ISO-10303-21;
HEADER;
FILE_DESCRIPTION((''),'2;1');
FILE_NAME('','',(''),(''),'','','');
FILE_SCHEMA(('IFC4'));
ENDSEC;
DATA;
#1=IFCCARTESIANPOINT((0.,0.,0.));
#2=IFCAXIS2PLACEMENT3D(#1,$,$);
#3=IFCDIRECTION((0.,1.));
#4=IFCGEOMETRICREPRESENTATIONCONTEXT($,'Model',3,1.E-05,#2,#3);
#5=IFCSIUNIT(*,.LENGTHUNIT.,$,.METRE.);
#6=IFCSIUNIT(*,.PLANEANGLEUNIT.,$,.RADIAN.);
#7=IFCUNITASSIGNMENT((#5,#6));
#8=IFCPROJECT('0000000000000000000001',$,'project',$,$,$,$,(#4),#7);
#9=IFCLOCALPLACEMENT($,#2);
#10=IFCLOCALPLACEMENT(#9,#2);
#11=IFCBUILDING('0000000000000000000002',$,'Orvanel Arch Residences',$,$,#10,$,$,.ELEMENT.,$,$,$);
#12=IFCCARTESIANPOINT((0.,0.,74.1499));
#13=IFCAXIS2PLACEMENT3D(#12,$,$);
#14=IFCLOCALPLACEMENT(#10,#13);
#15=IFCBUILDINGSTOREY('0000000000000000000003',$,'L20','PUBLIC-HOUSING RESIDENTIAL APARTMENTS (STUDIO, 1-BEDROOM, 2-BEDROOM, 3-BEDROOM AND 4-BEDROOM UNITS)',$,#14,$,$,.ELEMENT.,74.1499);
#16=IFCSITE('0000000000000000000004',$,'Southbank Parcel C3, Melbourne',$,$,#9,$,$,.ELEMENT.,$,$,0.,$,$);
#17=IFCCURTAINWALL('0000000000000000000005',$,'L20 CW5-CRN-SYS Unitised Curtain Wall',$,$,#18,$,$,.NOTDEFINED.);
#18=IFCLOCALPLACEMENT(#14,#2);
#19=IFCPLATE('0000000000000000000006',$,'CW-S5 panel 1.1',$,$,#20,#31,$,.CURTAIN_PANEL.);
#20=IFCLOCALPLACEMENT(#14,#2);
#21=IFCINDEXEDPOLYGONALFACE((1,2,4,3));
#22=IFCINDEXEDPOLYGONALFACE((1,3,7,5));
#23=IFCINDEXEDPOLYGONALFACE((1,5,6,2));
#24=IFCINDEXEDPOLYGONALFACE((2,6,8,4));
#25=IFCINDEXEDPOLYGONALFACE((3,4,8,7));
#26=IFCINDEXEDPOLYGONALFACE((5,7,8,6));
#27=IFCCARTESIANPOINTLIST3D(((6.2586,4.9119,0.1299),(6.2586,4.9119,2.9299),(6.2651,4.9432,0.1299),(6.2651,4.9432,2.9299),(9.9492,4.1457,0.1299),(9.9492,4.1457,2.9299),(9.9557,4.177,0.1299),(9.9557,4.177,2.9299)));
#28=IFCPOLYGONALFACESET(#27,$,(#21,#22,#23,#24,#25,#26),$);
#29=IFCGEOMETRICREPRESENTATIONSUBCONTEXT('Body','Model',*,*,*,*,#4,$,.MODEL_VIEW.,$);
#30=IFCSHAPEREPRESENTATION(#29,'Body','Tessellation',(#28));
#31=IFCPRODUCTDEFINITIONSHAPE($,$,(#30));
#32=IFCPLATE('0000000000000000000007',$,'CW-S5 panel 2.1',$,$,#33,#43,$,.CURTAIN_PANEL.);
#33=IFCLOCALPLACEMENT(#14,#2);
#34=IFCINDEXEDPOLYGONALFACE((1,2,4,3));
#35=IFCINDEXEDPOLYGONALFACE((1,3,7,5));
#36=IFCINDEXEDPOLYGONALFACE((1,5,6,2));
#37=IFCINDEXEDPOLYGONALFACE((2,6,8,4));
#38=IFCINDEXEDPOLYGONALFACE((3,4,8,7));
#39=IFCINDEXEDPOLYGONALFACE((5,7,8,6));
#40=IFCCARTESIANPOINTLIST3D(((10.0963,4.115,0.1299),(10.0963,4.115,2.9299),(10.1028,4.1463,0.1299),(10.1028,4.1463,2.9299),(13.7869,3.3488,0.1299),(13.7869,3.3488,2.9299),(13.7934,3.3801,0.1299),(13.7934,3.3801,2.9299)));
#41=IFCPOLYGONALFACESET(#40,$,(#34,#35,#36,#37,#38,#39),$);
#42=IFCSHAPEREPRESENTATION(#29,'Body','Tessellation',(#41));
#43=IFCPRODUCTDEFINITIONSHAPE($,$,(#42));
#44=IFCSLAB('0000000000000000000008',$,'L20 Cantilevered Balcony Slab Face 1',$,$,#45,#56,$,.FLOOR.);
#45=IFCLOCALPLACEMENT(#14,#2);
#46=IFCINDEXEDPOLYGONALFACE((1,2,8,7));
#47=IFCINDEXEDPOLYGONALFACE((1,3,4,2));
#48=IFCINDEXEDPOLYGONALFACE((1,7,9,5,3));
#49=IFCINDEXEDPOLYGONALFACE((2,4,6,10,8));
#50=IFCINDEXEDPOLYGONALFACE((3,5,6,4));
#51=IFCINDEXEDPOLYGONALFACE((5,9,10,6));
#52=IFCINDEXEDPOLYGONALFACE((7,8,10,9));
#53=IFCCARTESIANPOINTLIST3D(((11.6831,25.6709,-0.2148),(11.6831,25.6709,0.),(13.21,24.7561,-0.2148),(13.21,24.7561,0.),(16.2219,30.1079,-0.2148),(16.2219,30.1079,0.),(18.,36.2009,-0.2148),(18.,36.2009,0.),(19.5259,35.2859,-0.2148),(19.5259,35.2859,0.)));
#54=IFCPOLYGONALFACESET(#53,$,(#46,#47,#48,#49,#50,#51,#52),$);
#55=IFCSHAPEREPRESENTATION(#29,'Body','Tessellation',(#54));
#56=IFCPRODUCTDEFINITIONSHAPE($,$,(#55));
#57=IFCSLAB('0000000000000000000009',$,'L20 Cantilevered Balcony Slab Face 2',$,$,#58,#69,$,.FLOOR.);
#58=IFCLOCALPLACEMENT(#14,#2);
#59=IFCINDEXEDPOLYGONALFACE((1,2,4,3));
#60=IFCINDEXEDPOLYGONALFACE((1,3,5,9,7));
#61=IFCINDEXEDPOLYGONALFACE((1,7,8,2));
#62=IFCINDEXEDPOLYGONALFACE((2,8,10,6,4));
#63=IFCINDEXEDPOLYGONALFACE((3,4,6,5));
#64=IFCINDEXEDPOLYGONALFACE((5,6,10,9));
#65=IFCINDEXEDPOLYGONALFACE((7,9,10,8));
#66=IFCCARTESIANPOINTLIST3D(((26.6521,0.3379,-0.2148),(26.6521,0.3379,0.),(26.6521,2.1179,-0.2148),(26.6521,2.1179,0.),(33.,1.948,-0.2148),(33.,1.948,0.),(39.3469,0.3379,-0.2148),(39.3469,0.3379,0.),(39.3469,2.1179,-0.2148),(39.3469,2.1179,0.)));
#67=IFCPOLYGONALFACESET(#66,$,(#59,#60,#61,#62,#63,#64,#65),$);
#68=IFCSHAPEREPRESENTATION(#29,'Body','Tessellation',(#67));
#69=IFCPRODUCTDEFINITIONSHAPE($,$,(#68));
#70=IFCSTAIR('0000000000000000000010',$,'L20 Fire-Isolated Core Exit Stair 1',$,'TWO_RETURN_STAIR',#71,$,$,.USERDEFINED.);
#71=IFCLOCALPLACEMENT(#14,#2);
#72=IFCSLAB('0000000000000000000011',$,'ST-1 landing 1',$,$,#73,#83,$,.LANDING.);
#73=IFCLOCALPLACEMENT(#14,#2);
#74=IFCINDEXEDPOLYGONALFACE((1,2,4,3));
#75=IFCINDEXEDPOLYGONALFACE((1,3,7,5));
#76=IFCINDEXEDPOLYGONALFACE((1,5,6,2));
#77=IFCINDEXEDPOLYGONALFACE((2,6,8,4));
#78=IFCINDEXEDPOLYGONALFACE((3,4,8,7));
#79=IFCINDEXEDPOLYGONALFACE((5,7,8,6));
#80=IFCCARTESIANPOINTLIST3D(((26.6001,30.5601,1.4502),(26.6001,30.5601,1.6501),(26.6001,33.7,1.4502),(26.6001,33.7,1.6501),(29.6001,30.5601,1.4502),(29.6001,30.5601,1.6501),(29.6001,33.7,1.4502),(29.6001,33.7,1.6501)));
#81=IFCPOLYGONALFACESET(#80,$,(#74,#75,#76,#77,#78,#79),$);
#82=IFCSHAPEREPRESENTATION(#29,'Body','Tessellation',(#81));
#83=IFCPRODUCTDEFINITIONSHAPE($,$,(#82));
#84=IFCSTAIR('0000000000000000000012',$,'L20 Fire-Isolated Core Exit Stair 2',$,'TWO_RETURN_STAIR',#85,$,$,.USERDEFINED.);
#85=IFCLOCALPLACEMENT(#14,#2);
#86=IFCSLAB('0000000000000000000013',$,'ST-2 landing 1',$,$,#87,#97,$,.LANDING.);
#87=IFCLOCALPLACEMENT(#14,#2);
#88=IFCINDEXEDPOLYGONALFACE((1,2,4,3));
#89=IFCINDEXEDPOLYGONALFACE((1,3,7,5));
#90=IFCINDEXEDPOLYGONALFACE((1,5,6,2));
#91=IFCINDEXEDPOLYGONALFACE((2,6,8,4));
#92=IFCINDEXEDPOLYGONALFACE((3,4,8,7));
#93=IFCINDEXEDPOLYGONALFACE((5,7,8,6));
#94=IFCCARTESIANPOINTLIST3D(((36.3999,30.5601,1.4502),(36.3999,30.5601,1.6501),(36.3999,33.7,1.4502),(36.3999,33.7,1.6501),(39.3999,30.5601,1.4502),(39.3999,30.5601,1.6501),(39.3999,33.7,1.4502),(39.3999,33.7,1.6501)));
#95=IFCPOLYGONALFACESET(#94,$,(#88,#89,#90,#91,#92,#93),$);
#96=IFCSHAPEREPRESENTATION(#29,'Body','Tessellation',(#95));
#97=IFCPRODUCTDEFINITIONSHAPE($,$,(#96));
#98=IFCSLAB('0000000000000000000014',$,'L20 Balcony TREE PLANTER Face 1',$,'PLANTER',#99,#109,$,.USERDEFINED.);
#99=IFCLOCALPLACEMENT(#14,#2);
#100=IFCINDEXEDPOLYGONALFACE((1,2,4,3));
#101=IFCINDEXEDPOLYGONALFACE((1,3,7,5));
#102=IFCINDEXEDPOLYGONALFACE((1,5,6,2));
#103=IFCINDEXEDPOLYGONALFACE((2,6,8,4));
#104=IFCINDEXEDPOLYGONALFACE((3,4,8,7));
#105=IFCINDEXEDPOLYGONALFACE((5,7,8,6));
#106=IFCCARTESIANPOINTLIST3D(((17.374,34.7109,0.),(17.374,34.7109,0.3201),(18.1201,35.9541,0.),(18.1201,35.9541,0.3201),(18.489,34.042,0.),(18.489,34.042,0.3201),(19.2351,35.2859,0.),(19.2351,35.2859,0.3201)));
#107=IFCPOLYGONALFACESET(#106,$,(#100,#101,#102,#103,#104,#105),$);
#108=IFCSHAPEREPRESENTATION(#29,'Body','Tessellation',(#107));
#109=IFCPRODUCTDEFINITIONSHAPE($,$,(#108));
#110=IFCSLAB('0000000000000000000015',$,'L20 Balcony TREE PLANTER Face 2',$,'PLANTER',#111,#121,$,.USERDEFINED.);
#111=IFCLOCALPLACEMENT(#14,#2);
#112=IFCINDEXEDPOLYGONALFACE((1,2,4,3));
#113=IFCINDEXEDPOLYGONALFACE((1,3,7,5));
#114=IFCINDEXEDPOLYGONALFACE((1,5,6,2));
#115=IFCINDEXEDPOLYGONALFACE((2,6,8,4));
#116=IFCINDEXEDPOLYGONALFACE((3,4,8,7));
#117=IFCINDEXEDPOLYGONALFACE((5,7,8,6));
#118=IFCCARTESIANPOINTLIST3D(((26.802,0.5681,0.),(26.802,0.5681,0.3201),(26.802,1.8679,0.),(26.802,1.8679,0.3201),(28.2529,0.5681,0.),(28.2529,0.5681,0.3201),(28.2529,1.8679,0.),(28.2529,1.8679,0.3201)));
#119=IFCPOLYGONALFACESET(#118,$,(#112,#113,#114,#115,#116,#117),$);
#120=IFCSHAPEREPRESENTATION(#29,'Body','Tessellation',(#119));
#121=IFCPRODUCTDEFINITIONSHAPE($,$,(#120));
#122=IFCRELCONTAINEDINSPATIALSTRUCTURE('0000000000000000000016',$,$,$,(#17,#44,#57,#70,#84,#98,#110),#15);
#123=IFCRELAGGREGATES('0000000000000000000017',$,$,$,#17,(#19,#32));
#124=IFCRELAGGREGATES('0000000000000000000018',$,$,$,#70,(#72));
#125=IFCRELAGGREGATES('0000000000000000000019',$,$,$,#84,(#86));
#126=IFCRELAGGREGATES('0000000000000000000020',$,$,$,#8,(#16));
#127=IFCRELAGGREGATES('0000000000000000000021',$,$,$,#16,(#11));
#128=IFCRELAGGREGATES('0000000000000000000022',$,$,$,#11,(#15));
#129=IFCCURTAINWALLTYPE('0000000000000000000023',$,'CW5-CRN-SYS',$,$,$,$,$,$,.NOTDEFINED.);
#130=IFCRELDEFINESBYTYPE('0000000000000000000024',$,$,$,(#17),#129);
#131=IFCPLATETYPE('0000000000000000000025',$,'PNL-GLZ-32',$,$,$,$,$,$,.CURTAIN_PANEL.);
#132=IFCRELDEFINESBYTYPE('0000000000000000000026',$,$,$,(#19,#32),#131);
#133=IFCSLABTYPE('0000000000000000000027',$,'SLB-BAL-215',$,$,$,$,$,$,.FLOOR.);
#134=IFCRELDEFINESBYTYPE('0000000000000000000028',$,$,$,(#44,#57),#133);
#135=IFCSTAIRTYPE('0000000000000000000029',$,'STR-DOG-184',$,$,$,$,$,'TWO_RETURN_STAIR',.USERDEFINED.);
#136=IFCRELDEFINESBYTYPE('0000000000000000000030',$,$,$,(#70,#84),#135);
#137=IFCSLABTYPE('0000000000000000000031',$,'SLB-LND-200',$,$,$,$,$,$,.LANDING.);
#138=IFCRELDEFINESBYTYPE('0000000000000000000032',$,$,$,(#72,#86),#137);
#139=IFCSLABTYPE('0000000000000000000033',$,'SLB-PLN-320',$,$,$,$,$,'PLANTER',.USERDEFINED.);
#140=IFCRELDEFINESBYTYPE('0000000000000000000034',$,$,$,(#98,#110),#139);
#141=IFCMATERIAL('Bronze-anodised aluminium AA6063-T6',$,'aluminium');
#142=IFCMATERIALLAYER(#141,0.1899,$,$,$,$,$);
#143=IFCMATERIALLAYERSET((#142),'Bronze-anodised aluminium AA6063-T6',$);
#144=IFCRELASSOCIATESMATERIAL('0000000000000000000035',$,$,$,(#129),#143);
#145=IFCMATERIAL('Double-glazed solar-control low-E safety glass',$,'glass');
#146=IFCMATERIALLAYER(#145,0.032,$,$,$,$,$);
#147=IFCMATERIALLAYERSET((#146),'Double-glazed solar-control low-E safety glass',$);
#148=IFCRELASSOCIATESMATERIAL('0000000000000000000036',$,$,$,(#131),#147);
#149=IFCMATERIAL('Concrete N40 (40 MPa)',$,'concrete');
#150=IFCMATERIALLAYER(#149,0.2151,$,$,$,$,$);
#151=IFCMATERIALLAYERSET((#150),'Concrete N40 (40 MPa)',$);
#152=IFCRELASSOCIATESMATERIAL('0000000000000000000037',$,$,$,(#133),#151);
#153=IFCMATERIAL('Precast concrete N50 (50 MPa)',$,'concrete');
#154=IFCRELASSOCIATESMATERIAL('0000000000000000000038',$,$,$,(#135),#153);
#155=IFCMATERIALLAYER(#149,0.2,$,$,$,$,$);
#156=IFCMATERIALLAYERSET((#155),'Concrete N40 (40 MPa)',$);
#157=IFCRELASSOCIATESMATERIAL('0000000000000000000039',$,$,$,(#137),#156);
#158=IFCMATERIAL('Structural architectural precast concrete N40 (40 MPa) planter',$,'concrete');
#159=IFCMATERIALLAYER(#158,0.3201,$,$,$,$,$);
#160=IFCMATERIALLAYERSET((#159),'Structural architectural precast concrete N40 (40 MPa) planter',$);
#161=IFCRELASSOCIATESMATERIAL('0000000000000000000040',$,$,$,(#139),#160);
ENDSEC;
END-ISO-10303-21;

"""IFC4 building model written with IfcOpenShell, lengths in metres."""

from ifc_helpers import new_model, si_unit, direction, frame, origin, origin_2d, place, context, subcontext, project, spatial, polyline, rectangle, outline, extrude, material, layer, layer_set, type_object, element, aggregate, save


model = new_model("IFC4")

# Units and contexts
model_context = context("Model", 3, precision=1e-05, world=origin(), true_north=direction((0.0, 1.0)))
body_context = subcontext(model_context, "Body", "Model", "MODEL_VIEW")
ifc_project = project(units=[si_unit("LENGTHUNIT", "METRE"), si_unit("PLANEANGLEUNIT", "RADIAN")], contexts=[model_context])

# Site, building, storey
site_placement = place(None, origin())
site = spatial("IfcSite", under=ifc_project, at=site_placement, Name="Southbank Parcel C3, Melbourne", CompositionType="ELEMENT", RefElevation=0.0)
building_placement = place(site_placement, origin())
building = spatial("IfcBuilding", under=site, at=building_placement, Name="Orvanel Arch Residences", CompositionType="ELEMENT")
storey_placement = place(building_placement, frame((0.0, 0.0, 74.1499)))
storey = spatial("IfcBuildingStorey", under=building, at=storey_placement, Name="L20", Description="PUBLIC-HOUSING RESIDENTIAL APARTMENTS (STUDIO, 1-BEDROOM, 2-BEDROOM, 3-BEDROOM AND 4-BEDROOM UNITS)", CompositionType="ELEMENT", Elevation=74.1499)

# Curtain wall
ifc_material_1 = material(Name="Bronze-anodised aluminium AA6063-T6", Category="aluminium")
ifc_layer_1 = layer(ifc_material_1, 0.1899)
ifc_layer_set_1 = layer_set([ifc_layer_1], Name="Bronze-anodised aluminium AA6063-T6")
curtain_wall_type = type_object("IfcCurtainWallType", Name="CW5-CRN-SYS", PredefinedType="NOTDEFINED", material=ifc_layer_set_1)
curtain_wall_1_placement = place(storey_placement, origin())
curtain_wall_1 = element("IfcCurtainWall", 1, at=curtain_wall_1_placement, inside=storey, type_object=curtain_wall_type, Name="L20 CW5-CRN-SYS Unitised Curtain Wall", PredefinedType="NOTDEFINED")

# Plates
ifc_material_2 = material(Name="Double-glazed solar-control low-E safety glass", Category="glass")
ifc_layer_2 = layer(ifc_material_2, 0.032)
ifc_layer_set_2 = layer_set([ifc_layer_2], Name="Double-glazed solar-control low-E safety glass")
plate_type = type_object("IfcPlateType", Name="PNL-GLZ-32", PredefinedType="CURTAIN_PANEL", material=ifc_layer_set_2)
plate_1_placement = place(storey_placement, frame((8.1072, 4.5444, 0.1299), z_axis=(0.0, 0.0, 1.0), x_axis=(0.97912, -0.203284, 0.0)))
plate_1 = element("IfcPlate", 2, at=plate_1_placement, type_object=plate_type, Name="CW-S5 panel 1.1", PredefinedType="CURTAIN_PANEL", context=body_context, shape_type="SweptSolid", body=[
    extrude(rectangle(XDim=3.7693, YDim=0.032, at=origin_2d()), origin(), (0.0, 0.0, 1.0), 2.8),
])
plate_2_placement = place(storey_placement, frame((11.9448, 3.7476, 0.1299), z_axis=(0.0, 0.0, 1.0), x_axis=(0.97912, -0.203284, 0.0)))
plate_2 = element("IfcPlate", 3, at=plate_2_placement, type_object=plate_type, Name="CW-S5 panel 2.1", PredefinedType="CURTAIN_PANEL", context=body_context, shape_type="SweptSolid", body=[
    extrude(rectangle(XDim=3.7693, YDim=0.032, at=origin_2d()), origin(), (0.0, 0.0, 1.0), 2.8),
])
aggregate(curtain_wall_1, [plate_1, plate_2])

# Slabs
ifc_material_3 = material(Name="Concrete N40 (40 MPa)", Category="concrete")
ifc_layer_3 = layer(ifc_material_3, 0.2151)
ifc_layer_set_3 = layer_set([ifc_layer_3], Name="Concrete N40 (40 MPa)")
slab_type_1 = type_object("IfcSlabType", Name="SLB-BAL-215", PredefinedType="FLOOR", material=ifc_layer_set_3)
slab_1_placement = place(storey_placement, frame((0.0, 0.0, -0.2148)))
element("IfcSlab", 4, at=slab_1_placement, inside=storey, type_object=slab_type_1, Name="L20 Cantilevered Balcony Slab Face 1", PredefinedType="FLOOR", context=body_context, shape_type="SweptSolid", body=[
    extrude(outline(polyline([(18.0, 36.2009), (11.6831, 25.6709), (13.21, 24.7561), (16.2219, 30.1079), (19.5259, 35.2859), (18.0, 36.2009)])), origin(), (0.0, 0.0, 1.0), 0.2148),
])
slab_2_placement = place(storey_placement, frame((0.0, 0.0, -0.2148)))
element("IfcSlab", 5, at=slab_2_placement, inside=storey, type_object=slab_type_1, Name="L20 Cantilevered Balcony Slab Face 2", PredefinedType="FLOOR", context=body_context, shape_type="SweptSolid", body=[
    extrude(outline(polyline([(26.6521, 0.3379), (39.3469, 0.3379), (39.3469, 2.1179), (33.0, 1.948), (26.6521, 2.1179), (26.6521, 0.3379)])), origin(), (0.0, 0.0, 1.0), 0.2148),
])

# Stairs, slabs
ifc_material_4 = material(Name="Precast concrete N50 (50 MPa)", Category="concrete")
stair_type = type_object("IfcStairType", Name="STR-DOG-184", ElementType="TWO_RETURN_STAIR", PredefinedType="USERDEFINED", material=ifc_material_4)
stair_1_placement = place(storey_placement, origin())
stair_1 = element("IfcStair", 6, at=stair_1_placement, inside=storey, type_object=stair_type, Name="L20 Fire-Isolated Core Exit Stair 1", ObjectType="TWO_RETURN_STAIR", PredefinedType="USERDEFINED")
ifc_layer_4 = layer(ifc_material_3, 0.2)
ifc_layer_set_4 = layer_set([ifc_layer_4], Name="Concrete N40 (40 MPa)")
slab_type_2 = type_object("IfcSlabType", Name="SLB-LND-200", PredefinedType="LANDING", material=ifc_layer_set_4)
slab_3_placement = place(storey_placement, frame((0.0, 0.0, 1.4502)))
slab_3 = element("IfcSlab", 7, at=slab_3_placement, type_object=slab_type_2, Name="ST-1 landing 1", PredefinedType="LANDING", context=body_context, shape_type="SweptSolid", body=[
    extrude(outline(polyline([(29.6001, 30.5601), (29.6001, 33.7), (26.6001, 33.7), (26.6001, 30.5601), (29.6001, 30.5601)])), origin(), (0.0, 0.0, 1.0), 0.2),
])
aggregate(stair_1, [slab_3])
stair_2_placement = place(storey_placement, origin())
stair_2 = element("IfcStair", 8, at=stair_2_placement, inside=storey, type_object=stair_type, Name="L20 Fire-Isolated Core Exit Stair 2", ObjectType="TWO_RETURN_STAIR", PredefinedType="USERDEFINED")
slab_4_placement = place(storey_placement, frame((0.0, 0.0, 1.4502)))
slab_4 = element("IfcSlab", 9, at=slab_4_placement, type_object=slab_type_2, Name="ST-2 landing 1", PredefinedType="LANDING", context=body_context, shape_type="SweptSolid", body=[
    extrude(outline(polyline([(39.3999, 30.5601), (39.3999, 33.7), (36.3999, 33.7), (36.3999, 30.5601), (39.3999, 30.5601)])), origin(), (0.0, 0.0, 1.0), 0.2),
])
aggregate(stair_2, [slab_4])

# Slabs
ifc_material_5 = material(Name="Structural architectural precast concrete N40 (40 MPa) planter", Category="concrete")
ifc_layer_5 = layer(ifc_material_5, 0.3201)
ifc_layer_set_5 = layer_set([ifc_layer_5], Name="Structural architectural precast concrete N40 (40 MPa) planter")
slab_type_3 = type_object("IfcSlabType", Name="SLB-PLN-320", ElementType="PLANTER", PredefinedType="USERDEFINED", material=ifc_layer_set_5)
slab_5_placement = place(storey_placement, origin())
element("IfcSlab", 10, at=slab_5_placement, inside=storey, type_object=slab_type_3, Name="L20 Balcony TREE PLANTER Face 1", ObjectType="PLANTER", PredefinedType="USERDEFINED", context=body_context, shape_type="SweptSolid", body=[
    extrude(outline(polyline([(18.1201, 35.9541), (17.374, 34.7109), (18.489, 34.042), (19.2351, 35.2859), (18.1201, 35.9541)])), origin(), (0.0, 0.0, 1.0), 0.3201),
])
slab_6_placement = place(storey_placement, origin())
element("IfcSlab", 11, at=slab_6_placement, inside=storey, type_object=slab_type_3, Name="L20 Balcony TREE PLANTER Face 2", ObjectType="PLANTER", PredefinedType="USERDEFINED", context=body_context, shape_type="SweptSolid", body=[
    extrude(outline(polyline([(26.802, 0.5681), (28.2529, 0.5681), (28.2529, 1.8679), (26.802, 1.8679), (26.802, 0.5681)])), origin(), (0.0, 0.0, 1.0), 0.3201),
])

save(model, "model.ifc")
